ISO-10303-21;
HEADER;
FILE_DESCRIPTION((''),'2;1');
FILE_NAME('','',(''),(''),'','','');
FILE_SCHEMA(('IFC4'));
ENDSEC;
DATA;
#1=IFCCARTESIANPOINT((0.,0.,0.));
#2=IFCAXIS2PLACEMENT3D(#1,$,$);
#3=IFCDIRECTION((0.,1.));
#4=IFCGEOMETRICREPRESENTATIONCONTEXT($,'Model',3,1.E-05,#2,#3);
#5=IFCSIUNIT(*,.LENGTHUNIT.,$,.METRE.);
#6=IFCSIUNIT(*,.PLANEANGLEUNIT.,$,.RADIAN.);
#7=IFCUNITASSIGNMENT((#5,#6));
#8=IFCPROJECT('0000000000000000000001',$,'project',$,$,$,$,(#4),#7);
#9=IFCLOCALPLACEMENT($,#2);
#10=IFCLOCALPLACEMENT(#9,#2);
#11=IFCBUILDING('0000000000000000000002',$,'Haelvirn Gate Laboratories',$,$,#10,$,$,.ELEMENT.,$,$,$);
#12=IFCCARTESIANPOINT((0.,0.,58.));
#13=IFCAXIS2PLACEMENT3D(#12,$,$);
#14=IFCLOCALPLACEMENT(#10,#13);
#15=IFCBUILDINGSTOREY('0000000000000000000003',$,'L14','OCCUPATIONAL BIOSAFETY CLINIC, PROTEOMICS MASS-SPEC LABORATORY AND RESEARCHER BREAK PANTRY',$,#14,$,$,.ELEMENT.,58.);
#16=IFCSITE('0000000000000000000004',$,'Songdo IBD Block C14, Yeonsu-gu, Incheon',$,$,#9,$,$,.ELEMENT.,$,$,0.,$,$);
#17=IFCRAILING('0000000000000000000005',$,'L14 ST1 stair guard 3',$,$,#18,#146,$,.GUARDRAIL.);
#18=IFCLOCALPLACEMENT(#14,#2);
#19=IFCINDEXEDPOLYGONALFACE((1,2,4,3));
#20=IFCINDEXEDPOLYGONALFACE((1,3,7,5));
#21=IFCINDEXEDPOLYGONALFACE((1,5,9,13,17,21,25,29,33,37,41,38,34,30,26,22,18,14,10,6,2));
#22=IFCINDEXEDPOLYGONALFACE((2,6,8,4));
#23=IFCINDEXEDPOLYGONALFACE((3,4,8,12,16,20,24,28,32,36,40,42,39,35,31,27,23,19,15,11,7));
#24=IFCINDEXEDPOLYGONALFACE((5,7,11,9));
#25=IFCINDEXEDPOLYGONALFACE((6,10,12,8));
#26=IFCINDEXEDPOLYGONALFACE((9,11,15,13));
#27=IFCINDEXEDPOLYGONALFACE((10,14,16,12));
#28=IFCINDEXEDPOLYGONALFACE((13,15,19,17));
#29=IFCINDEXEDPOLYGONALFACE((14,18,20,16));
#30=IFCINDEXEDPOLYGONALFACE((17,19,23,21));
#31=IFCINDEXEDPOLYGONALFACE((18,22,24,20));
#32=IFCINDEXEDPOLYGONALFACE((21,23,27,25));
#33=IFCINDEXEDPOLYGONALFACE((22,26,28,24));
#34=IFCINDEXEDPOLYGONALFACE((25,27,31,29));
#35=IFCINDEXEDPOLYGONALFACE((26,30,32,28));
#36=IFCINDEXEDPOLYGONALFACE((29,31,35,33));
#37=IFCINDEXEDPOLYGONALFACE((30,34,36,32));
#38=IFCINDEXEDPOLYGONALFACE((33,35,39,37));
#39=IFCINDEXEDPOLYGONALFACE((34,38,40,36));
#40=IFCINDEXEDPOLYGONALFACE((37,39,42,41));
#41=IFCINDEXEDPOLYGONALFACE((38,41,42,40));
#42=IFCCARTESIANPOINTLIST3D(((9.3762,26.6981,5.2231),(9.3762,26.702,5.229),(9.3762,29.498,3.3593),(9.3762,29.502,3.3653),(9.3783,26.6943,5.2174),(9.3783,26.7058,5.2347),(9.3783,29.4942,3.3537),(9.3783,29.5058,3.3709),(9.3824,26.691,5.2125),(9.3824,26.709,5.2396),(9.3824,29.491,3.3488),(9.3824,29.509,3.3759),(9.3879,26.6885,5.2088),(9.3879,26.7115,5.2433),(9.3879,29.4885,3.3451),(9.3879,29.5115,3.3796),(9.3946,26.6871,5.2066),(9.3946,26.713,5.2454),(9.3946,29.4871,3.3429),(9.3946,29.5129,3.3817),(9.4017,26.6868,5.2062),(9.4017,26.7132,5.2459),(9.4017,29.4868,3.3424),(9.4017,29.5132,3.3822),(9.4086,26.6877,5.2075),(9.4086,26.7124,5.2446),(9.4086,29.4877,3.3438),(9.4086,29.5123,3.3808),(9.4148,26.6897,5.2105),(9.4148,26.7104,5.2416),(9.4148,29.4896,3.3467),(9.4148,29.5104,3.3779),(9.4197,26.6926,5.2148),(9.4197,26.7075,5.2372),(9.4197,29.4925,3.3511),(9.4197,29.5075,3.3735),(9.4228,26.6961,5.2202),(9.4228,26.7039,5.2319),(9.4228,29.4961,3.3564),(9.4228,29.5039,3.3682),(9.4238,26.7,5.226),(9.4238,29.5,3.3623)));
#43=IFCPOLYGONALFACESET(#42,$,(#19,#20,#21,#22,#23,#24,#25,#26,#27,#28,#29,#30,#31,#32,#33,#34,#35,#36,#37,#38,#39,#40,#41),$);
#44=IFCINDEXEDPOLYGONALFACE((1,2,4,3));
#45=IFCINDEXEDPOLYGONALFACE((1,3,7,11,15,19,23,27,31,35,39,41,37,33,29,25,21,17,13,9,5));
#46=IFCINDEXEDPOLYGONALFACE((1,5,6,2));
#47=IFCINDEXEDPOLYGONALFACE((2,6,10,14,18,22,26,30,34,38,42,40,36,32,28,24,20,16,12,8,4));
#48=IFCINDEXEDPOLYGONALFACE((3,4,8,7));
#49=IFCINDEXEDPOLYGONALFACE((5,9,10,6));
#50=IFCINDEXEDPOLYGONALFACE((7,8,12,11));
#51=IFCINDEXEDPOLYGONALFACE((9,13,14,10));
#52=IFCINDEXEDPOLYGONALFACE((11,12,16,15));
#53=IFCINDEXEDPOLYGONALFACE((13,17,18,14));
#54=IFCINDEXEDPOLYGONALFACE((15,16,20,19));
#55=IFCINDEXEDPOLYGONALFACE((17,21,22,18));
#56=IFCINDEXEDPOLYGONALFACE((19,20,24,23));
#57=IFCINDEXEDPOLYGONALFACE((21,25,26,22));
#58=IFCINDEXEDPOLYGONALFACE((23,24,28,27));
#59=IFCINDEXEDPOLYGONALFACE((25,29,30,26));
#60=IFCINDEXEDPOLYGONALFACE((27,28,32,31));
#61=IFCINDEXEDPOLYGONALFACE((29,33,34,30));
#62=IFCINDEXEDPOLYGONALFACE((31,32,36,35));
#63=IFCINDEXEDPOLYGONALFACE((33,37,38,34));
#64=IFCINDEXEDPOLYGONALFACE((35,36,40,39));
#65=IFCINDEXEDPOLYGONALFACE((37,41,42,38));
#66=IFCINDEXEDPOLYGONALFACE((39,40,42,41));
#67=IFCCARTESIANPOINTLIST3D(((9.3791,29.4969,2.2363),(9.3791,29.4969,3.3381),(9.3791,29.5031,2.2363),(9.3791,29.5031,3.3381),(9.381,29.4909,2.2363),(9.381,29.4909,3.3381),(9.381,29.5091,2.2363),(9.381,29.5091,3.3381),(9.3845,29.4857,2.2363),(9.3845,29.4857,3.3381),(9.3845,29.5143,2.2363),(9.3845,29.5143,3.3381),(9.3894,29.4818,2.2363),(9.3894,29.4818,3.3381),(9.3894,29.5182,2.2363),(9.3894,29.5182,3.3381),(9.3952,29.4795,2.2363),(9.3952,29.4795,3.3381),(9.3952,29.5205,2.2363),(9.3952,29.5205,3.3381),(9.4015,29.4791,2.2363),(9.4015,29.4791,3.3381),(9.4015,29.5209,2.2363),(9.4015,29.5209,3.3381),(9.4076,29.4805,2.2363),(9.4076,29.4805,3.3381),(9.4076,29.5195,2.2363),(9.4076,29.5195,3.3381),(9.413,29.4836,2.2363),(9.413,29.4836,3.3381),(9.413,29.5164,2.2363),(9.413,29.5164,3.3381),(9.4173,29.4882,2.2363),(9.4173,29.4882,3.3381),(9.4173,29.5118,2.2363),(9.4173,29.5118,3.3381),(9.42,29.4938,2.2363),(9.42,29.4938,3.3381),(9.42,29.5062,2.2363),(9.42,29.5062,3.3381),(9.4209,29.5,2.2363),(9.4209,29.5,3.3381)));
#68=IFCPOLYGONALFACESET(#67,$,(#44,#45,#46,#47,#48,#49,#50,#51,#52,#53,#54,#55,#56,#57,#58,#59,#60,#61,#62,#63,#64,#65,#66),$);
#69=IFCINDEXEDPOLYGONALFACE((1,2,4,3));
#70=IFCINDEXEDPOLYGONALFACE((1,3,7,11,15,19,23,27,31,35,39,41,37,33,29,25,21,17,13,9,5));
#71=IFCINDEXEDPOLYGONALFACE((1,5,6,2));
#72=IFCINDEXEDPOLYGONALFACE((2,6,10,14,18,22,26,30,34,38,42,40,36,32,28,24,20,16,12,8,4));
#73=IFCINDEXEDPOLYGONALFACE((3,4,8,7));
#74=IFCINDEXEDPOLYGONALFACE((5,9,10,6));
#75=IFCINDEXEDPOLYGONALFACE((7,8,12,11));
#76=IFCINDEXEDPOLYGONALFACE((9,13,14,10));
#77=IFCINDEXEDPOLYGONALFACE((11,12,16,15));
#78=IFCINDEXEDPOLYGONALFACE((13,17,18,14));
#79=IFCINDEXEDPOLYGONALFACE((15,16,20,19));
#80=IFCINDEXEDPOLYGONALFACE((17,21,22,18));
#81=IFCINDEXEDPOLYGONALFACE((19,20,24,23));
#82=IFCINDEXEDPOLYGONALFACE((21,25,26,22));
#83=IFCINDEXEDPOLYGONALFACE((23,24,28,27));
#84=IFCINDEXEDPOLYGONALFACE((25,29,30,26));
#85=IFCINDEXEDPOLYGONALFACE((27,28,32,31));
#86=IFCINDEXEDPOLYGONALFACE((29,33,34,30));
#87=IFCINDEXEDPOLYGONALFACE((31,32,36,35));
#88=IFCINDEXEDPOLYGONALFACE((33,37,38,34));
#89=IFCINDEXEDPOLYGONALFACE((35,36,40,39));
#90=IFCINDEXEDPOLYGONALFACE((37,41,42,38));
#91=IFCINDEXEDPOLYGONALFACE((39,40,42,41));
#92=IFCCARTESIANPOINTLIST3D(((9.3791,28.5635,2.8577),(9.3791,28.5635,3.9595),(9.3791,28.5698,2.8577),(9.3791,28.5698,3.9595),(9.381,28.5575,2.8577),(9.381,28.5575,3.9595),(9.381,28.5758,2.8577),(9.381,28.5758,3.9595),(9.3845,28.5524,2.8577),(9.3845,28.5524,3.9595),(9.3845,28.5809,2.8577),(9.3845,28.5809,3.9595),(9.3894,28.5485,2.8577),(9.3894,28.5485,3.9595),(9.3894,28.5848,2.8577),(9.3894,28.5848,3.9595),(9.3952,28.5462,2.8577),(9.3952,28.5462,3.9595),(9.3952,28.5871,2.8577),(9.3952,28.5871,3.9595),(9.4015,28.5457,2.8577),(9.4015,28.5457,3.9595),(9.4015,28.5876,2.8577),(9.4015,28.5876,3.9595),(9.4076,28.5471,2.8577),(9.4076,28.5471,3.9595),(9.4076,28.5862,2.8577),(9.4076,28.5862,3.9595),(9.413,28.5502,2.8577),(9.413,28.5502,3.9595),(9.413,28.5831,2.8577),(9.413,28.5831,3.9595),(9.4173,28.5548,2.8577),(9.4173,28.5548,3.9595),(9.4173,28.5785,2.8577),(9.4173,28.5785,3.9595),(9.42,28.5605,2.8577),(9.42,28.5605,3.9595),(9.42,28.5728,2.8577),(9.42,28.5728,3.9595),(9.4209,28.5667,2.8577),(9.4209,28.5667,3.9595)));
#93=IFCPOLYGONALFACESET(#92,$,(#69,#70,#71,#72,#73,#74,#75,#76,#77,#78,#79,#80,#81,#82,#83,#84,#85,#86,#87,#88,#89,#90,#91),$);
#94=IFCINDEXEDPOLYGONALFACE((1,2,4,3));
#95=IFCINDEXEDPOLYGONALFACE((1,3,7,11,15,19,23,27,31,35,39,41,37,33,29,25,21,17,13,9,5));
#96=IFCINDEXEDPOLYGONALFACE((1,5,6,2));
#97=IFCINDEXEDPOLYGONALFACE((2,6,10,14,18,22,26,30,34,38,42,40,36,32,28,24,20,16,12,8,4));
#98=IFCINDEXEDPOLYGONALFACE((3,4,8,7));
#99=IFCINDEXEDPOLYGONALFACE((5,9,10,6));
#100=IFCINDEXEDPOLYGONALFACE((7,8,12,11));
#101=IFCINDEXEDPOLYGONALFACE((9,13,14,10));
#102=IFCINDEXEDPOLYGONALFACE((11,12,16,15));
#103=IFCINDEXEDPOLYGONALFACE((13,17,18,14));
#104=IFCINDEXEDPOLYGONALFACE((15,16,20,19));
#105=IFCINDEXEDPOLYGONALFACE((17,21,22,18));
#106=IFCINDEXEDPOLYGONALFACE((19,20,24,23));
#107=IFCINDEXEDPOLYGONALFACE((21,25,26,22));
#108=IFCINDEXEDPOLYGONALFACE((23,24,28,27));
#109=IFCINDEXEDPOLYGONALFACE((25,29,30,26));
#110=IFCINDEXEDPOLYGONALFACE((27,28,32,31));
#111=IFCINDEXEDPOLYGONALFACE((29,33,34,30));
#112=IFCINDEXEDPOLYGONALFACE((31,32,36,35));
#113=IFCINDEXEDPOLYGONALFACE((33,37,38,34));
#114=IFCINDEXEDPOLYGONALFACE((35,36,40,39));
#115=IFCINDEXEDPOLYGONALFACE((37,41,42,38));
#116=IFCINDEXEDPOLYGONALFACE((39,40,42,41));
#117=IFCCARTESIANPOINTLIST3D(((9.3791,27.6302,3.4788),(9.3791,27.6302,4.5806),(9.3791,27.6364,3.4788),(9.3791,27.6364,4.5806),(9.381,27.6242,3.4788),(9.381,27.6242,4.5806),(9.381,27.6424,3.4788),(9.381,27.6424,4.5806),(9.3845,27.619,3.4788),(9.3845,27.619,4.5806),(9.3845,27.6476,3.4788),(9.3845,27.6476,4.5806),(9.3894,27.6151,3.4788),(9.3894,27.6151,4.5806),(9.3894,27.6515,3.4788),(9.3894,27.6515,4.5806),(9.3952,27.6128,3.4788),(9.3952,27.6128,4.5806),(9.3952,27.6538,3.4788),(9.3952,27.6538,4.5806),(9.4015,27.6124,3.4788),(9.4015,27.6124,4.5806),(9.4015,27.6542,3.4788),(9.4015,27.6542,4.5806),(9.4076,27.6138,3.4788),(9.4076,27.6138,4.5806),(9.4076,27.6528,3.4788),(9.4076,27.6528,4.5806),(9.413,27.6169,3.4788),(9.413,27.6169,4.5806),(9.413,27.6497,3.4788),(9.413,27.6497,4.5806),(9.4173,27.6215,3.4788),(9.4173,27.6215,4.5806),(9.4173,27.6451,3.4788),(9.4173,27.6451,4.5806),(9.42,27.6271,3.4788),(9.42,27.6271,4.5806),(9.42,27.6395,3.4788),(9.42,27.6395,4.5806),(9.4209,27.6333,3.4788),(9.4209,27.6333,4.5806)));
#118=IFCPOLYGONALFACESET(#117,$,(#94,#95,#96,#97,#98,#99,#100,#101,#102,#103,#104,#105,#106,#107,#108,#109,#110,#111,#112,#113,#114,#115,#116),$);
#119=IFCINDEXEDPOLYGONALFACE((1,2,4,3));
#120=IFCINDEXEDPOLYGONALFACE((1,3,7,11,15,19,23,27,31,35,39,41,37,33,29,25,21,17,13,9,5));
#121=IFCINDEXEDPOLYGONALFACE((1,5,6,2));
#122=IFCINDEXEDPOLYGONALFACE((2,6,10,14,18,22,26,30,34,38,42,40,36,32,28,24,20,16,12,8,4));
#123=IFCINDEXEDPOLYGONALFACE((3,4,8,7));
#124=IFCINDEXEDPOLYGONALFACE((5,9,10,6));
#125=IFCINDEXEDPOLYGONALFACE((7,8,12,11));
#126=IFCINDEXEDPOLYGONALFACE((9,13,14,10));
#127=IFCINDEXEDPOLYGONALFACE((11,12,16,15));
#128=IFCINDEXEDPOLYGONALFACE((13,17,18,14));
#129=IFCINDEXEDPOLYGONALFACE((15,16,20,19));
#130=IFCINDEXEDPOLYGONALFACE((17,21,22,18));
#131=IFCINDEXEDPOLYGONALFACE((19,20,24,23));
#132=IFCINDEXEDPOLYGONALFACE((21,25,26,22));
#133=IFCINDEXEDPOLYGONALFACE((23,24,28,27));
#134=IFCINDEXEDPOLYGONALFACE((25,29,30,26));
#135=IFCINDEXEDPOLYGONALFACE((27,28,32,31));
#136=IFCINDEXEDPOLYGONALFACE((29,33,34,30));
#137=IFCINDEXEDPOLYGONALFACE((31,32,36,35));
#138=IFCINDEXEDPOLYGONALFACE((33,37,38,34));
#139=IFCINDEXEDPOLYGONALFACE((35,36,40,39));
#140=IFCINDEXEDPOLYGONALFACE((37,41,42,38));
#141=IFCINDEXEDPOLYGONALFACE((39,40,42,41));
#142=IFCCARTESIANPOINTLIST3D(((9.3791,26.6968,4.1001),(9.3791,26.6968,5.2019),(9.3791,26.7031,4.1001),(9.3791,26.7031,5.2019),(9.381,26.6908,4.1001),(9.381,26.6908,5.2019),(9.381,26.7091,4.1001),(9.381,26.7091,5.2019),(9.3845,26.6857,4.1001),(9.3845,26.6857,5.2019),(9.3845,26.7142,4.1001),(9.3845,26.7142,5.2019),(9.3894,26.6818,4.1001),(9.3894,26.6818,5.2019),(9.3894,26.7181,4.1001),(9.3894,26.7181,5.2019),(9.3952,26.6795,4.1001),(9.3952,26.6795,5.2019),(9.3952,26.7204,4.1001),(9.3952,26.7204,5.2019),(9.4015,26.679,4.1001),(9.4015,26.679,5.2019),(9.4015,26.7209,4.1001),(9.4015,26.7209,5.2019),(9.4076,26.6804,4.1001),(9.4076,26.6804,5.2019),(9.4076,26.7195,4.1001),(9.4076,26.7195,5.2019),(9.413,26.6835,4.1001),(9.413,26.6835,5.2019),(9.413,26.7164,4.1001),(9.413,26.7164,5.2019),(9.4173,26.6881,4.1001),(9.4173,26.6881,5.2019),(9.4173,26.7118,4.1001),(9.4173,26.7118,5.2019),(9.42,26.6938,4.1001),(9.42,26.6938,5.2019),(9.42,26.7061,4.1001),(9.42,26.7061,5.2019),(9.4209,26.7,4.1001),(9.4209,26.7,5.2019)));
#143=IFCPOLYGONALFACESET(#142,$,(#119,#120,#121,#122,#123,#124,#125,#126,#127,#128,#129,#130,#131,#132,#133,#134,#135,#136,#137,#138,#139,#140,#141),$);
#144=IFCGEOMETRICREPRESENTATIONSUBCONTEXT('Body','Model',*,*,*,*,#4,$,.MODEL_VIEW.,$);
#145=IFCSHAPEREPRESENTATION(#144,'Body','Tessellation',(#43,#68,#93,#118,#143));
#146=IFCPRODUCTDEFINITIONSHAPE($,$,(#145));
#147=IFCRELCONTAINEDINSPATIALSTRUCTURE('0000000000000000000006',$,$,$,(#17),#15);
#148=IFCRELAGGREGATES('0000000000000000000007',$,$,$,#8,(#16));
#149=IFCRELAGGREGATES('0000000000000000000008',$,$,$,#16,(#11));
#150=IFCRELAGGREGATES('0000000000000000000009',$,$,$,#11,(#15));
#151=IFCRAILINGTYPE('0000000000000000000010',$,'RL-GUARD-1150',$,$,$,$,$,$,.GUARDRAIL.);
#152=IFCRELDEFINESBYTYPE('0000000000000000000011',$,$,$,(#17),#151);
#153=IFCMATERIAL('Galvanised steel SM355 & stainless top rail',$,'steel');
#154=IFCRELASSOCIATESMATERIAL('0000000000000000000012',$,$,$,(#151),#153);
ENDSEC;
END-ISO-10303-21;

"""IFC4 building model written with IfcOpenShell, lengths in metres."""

from ifc_helpers import new_model, si_unit, direction, frame, origin, origin_2d, place, context, subcontext, project, spatial, circle, extrude, source, transform, mapped, material, type_object, element, save


model = new_model("IFC4")

# Units and contexts
model_context = context("Model", 3, precision=1e-05, world=origin(), true_north=direction((0.0, 1.0)))
body_context = subcontext(model_context, "Body", "Model", "MODEL_VIEW")
ifc_project = project(units=[si_unit("LENGTHUNIT", "METRE"), si_unit("PLANEANGLEUNIT", "RADIAN")], contexts=[model_context])

# Site, building, storey
site_placement = place(None, origin())
site = spatial("IfcSite", under=ifc_project, at=site_placement, Name="Songdo IBD Block C14, Yeonsu-gu, Incheon", CompositionType="ELEMENT", RefElevation=0.0)
building_placement = place(site_placement, origin())
building = spatial("IfcBuilding", under=site, at=building_placement, Name="Haelvirn Gate Laboratories", CompositionType="ELEMENT")
storey_placement = place(building_placement, frame((0.0, 0.0, 58.0)))
storey = spatial("IfcBuildingStorey", under=building, at=storey_placement, Name="L14", Description="OCCUPATIONAL BIOSAFETY CLINIC, PROTEOMICS MASS-SPEC LABORATORY AND RESEARCHER BREAK PANTRY", CompositionType="ELEMENT", Elevation=58.0)

# Railing
ifc_material_1 = material(Name="Galvanised steel SM355 & stainless top rail", Category="steel")
railing_type_1 = type_object("IfcRailingType", Name="RL-GUARD-1150", PredefinedType="GUARDRAIL", material=ifc_material_1)
shared_shape_1 = source(origin(), body_context, "Body", "SweptSolid", [
    extrude(circle(Radius=0.0239, at=origin_2d()), frame((0.0, 0.0, 1.126), z_axis=(0.0, -0.832452, 0.554097), x_axis=(1.0, 0.0, 0.0)), (0.0, 0.0, 1.0), 3.3635),
    extrude(circle(Radius=0.021, at=origin_2d()), origin(), (0.0, 0.0, 1.0), 1.1018),
    extrude(circle(Radius=0.021, at=origin_2d()), frame((0.0, -0.9333, 0.6213)), (0.0, 0.0, 1.0), 1.1018),
    extrude(circle(Radius=0.021, at=origin_2d()), frame((0.0, -1.8667, 1.2424)), (0.0, 0.0, 1.0), 1.1018),
    extrude(circle(Radius=0.021, at=origin_2d()), frame((0.0, -2.8, 1.8638)), (0.0, 0.0, 1.0), 1.1018),
])
railing_1_placement = place(storey_placement, frame((9.3999, 29.5, 2.2363)))
element("IfcRailing", 1, at=railing_1_placement, inside=storey, type_object=railing_type_1, Name="L14 ST1 stair guard 3", PredefinedType="GUARDRAIL", context=body_context, shape_type="MappedRepresentation", body=[
    mapped(shared_shape_1, transform((0.0, 0.0, 0.0), scale=1.0)),
])

save(model, "model.ifc")
